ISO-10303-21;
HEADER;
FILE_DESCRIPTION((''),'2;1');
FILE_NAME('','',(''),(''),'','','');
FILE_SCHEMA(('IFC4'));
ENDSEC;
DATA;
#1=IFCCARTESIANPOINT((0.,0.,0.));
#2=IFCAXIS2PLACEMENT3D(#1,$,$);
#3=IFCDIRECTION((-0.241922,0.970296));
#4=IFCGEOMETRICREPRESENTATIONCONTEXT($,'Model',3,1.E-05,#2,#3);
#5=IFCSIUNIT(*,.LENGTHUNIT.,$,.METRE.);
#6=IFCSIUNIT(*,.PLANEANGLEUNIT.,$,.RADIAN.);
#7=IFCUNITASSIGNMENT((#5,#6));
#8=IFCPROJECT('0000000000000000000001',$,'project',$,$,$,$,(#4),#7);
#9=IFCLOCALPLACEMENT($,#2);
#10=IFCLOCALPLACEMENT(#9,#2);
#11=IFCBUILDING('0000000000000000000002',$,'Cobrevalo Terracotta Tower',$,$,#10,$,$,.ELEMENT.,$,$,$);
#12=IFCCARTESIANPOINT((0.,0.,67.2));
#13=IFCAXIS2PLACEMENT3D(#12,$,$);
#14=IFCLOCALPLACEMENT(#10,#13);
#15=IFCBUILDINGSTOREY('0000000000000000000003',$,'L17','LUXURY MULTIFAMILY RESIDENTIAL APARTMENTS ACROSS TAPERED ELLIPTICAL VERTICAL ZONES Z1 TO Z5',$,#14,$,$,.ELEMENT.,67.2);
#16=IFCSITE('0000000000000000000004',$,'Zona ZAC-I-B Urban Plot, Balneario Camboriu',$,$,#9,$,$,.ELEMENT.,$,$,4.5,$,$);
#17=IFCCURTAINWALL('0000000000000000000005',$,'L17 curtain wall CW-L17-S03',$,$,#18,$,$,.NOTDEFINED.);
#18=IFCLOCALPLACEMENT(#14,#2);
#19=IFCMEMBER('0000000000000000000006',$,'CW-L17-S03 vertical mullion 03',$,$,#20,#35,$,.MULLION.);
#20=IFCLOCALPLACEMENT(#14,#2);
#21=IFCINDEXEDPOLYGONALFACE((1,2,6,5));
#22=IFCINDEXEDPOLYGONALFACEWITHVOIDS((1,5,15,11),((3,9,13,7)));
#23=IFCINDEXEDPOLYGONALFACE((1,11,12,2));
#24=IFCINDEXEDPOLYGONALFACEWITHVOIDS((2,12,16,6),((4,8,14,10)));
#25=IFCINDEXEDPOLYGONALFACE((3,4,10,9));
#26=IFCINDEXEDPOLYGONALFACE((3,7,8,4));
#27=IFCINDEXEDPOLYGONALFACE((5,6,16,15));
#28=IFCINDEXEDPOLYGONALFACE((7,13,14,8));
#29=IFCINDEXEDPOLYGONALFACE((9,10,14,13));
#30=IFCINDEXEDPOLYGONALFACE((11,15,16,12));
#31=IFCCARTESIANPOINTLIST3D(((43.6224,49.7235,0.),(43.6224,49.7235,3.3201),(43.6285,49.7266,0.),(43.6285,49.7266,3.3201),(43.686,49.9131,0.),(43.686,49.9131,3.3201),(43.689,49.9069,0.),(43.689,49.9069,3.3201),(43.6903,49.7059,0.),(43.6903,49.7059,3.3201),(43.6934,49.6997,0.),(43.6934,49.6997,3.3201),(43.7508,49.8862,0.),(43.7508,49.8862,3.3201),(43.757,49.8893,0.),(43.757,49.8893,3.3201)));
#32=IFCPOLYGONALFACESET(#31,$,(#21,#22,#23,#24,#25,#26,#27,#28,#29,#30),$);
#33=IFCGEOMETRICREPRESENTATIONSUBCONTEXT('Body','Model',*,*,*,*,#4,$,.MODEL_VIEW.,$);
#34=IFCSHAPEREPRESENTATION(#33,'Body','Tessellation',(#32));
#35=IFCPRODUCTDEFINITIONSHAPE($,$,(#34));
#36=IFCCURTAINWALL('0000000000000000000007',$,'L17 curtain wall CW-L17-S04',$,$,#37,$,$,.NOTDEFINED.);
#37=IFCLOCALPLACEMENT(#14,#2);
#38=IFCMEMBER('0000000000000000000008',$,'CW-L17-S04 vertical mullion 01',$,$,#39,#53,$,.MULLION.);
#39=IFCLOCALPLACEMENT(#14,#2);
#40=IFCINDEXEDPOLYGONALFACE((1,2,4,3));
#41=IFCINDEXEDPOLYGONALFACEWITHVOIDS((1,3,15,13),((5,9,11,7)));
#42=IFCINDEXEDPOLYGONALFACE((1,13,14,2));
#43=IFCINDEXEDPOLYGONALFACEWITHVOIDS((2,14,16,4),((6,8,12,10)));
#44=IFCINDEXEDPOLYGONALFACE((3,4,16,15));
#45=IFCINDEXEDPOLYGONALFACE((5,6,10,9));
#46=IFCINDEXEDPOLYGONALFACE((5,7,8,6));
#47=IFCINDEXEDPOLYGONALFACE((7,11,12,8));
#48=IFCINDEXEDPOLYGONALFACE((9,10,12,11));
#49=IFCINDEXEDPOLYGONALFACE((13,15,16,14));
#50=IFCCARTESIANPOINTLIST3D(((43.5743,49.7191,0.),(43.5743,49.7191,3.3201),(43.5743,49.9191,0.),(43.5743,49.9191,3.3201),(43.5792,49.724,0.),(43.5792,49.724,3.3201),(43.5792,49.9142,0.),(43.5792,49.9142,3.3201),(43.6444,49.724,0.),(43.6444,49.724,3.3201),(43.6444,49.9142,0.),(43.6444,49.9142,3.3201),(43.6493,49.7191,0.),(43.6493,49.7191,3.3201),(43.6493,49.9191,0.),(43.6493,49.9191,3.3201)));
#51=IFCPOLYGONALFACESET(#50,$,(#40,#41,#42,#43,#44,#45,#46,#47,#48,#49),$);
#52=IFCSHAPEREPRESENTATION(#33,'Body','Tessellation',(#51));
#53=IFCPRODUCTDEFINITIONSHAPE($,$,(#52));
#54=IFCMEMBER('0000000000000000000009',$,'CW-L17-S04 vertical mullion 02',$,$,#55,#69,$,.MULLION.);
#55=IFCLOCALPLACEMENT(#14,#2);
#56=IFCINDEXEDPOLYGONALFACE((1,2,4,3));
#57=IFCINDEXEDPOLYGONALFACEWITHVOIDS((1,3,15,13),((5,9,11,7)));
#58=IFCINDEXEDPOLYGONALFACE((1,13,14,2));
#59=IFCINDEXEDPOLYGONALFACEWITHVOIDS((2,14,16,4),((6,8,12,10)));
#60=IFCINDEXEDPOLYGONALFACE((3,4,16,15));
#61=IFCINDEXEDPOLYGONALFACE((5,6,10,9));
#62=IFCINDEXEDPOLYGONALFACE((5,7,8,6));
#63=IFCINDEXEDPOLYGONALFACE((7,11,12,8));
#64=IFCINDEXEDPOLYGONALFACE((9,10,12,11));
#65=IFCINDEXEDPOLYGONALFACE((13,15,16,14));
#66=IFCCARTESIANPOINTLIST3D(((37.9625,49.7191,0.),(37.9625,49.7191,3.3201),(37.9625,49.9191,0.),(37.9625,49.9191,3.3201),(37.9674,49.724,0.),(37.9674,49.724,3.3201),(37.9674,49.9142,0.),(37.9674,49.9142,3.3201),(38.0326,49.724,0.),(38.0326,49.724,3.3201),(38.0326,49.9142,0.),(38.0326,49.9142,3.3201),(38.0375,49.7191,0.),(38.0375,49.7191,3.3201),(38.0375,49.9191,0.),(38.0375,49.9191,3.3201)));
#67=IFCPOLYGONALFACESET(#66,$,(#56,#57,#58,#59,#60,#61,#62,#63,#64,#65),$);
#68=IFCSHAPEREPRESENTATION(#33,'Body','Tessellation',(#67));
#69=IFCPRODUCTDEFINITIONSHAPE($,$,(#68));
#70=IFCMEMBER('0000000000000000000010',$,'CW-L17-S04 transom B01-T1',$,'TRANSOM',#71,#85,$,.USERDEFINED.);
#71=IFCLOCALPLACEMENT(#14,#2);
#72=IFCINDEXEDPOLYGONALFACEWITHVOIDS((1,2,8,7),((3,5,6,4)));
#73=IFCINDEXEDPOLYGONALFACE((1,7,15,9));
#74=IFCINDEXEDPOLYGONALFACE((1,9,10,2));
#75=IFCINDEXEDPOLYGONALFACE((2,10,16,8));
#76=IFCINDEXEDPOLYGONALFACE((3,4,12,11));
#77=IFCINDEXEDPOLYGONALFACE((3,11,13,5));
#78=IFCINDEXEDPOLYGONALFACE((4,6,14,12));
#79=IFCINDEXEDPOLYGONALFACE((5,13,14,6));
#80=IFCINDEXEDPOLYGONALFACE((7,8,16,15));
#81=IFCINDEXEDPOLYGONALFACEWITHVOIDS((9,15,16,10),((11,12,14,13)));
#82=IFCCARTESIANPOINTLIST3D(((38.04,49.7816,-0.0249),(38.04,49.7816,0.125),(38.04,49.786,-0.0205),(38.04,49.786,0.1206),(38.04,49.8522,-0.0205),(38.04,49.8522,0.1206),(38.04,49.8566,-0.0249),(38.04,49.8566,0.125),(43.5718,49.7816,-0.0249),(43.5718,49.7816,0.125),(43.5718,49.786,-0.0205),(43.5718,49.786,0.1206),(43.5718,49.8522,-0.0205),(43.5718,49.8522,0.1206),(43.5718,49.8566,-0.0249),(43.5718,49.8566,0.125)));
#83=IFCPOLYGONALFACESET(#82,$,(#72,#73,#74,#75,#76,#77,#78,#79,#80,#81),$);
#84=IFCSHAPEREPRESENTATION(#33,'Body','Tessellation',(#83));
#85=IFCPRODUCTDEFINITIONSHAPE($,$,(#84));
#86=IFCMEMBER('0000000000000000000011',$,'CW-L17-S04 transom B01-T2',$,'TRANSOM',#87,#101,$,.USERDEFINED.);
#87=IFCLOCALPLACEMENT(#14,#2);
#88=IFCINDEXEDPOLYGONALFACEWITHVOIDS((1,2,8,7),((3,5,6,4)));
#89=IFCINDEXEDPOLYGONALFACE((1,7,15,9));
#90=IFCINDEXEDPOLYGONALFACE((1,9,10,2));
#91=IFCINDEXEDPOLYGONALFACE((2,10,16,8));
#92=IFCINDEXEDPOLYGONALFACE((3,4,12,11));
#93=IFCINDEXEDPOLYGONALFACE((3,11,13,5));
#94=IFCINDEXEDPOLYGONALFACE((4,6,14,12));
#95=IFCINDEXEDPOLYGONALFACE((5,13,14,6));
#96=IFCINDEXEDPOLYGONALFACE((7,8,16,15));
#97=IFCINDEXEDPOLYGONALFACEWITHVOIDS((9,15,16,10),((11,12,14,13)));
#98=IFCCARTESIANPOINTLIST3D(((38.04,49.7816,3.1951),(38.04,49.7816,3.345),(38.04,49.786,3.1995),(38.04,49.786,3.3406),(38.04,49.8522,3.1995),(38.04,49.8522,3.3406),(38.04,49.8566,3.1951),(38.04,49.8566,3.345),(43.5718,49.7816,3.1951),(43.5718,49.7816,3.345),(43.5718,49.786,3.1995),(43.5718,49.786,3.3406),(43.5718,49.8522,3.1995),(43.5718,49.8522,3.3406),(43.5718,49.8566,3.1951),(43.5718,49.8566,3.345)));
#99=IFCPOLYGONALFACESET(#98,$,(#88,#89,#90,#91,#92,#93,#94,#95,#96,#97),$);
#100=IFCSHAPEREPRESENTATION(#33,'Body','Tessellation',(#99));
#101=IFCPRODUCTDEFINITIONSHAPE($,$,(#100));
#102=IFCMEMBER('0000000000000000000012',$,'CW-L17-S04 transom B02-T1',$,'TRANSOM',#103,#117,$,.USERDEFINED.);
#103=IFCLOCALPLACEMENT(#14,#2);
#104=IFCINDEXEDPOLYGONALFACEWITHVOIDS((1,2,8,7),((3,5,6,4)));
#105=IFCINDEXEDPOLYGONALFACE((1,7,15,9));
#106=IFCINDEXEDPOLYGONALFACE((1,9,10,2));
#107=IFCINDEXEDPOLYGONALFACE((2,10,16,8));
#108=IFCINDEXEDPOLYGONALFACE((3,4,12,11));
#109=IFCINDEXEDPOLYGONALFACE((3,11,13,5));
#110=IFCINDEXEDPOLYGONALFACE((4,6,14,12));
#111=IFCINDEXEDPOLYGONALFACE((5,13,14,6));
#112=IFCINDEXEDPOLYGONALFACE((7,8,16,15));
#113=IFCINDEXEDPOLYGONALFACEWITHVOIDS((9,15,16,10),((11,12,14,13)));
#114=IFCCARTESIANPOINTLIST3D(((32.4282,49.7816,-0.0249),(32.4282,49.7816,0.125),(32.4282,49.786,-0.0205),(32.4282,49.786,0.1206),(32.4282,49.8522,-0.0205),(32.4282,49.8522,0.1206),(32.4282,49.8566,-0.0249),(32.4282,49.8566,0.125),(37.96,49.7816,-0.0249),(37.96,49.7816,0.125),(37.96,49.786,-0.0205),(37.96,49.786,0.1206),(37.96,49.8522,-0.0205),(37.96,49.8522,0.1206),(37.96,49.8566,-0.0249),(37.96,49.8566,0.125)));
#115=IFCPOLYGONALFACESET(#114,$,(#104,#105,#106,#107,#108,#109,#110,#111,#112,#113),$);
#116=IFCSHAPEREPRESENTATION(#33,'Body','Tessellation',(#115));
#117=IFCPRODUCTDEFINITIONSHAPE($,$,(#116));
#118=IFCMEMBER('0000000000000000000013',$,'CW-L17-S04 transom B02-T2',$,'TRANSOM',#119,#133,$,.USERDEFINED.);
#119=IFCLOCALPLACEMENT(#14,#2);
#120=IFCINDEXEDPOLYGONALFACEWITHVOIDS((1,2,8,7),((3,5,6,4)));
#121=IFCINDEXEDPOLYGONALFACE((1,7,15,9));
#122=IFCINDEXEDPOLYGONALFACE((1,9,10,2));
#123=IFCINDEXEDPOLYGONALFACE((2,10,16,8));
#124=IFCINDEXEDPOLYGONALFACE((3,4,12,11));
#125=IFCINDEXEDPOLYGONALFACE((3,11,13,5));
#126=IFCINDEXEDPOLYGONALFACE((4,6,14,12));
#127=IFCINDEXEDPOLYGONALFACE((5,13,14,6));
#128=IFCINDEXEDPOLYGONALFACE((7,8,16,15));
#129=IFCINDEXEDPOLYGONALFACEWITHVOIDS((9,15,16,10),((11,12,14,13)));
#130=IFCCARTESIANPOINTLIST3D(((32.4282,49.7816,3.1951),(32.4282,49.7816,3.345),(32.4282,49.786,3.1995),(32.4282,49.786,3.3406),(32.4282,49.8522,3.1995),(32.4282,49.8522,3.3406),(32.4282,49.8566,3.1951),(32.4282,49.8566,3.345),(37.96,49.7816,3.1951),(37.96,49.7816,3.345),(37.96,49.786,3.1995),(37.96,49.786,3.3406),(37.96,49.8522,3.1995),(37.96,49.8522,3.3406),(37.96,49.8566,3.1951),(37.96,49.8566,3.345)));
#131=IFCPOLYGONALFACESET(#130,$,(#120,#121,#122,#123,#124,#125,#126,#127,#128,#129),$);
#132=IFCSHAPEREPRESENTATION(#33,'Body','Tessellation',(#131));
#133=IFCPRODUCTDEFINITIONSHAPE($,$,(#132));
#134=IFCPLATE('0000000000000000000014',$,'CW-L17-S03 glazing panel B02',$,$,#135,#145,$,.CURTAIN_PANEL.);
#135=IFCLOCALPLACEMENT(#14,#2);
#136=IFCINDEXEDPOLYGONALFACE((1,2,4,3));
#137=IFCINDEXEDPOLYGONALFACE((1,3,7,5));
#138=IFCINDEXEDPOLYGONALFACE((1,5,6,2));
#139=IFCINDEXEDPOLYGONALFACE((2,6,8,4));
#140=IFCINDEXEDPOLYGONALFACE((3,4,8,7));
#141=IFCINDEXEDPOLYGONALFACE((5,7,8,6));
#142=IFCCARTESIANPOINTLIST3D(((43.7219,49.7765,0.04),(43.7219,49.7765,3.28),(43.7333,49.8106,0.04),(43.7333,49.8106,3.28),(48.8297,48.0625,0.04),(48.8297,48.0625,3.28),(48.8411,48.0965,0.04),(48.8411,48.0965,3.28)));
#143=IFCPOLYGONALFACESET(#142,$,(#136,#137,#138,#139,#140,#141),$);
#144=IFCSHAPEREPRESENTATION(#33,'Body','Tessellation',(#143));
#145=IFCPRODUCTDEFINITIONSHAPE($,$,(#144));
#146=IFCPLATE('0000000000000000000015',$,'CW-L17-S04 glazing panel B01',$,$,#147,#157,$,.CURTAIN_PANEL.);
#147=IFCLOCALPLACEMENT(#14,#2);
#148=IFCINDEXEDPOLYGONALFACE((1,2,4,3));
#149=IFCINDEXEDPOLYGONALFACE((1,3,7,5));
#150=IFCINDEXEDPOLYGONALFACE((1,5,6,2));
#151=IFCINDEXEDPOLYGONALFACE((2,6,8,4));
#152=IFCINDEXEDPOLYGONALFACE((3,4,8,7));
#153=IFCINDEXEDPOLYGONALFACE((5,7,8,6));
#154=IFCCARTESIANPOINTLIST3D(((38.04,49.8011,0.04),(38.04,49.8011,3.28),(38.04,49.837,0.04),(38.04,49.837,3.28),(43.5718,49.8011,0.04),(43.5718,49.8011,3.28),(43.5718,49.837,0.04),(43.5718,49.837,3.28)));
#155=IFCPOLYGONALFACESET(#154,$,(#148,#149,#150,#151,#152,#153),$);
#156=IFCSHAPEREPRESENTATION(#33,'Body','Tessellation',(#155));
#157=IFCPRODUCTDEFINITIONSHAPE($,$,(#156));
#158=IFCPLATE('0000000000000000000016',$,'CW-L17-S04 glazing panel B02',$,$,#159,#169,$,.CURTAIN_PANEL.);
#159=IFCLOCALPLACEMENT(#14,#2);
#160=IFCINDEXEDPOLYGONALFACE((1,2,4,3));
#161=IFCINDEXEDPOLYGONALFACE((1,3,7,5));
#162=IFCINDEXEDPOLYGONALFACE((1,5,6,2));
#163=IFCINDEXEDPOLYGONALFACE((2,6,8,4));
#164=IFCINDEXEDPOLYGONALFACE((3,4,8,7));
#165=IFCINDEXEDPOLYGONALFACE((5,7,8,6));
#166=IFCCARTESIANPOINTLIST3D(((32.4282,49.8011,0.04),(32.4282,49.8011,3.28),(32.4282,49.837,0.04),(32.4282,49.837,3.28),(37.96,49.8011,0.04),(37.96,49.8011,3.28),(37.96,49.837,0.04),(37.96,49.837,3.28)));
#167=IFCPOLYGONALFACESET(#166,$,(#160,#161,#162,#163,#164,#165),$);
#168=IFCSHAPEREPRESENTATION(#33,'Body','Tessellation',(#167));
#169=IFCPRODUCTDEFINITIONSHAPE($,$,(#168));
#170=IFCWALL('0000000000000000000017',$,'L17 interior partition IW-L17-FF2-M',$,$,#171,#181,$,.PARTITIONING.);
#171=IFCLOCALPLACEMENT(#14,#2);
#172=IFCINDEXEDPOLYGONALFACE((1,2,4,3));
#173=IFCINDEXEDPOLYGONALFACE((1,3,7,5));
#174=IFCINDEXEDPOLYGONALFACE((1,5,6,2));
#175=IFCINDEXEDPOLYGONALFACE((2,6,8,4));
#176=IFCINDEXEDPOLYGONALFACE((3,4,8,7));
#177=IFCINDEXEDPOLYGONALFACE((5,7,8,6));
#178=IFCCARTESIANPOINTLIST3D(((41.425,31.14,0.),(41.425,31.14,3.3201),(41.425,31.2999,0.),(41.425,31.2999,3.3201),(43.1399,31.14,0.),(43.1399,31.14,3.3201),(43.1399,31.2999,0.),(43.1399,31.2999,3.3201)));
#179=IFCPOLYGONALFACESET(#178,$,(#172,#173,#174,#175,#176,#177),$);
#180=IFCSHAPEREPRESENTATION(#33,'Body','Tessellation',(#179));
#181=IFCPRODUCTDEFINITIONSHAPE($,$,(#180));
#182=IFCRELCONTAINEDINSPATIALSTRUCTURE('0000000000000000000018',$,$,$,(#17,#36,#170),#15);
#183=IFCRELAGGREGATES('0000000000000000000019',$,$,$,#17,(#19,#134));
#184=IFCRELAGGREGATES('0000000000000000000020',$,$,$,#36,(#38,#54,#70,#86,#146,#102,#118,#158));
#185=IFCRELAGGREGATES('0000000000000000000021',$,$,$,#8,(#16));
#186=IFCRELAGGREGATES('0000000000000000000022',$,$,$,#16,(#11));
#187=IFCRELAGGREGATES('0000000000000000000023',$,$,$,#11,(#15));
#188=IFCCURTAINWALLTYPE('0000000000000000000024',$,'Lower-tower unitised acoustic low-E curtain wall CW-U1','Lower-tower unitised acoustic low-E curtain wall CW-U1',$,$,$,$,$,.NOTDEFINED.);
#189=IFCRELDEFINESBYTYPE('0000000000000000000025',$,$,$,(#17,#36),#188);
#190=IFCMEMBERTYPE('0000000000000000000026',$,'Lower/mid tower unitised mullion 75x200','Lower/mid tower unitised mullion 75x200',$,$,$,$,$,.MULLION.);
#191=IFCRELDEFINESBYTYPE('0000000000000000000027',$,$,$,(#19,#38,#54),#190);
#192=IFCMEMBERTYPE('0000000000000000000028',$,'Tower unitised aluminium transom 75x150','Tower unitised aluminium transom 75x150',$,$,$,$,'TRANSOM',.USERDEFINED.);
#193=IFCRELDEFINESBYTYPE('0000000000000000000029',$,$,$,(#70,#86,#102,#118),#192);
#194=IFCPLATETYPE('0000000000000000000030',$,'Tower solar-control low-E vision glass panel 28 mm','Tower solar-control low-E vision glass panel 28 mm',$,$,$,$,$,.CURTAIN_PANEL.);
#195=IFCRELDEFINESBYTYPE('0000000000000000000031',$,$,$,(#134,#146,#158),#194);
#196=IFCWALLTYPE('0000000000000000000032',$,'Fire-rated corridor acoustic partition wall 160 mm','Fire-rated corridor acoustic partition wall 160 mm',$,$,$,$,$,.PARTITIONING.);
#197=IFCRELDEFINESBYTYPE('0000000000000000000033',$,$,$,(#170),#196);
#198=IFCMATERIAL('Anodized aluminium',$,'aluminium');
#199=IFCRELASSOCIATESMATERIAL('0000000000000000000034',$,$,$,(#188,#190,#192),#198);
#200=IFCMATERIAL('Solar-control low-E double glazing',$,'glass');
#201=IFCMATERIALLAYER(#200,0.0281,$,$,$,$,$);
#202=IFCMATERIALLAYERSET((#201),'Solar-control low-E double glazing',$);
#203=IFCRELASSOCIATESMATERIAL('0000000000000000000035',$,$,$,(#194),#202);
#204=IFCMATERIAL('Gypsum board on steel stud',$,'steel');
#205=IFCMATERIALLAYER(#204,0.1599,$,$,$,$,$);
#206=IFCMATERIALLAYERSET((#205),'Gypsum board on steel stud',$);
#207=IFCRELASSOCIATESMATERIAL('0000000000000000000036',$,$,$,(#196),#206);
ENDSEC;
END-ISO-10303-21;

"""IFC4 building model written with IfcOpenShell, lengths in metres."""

from ifc_helpers import new_model, si_unit, direction, frame, frame_2d, origin, origin_2d, place, context, subcontext, project, spatial, rectangle, hollow_rectangle, extrude, source, transform, mapped, material, layer, layer_set, material_profile, profile_set, type_object, element, aggregate, save


model = new_model("IFC4")

# Units and contexts
model_context = context("Model", 3, precision=1e-05, world=origin(), true_north=direction((-0.241922, 0.970296)))
body_context = subcontext(model_context, "Body", "Model", "MODEL_VIEW")
ifc_project = project(units=[si_unit("LENGTHUNIT", "METRE"), si_unit("PLANEANGLEUNIT", "RADIAN")], contexts=[model_context])

# Site, building, storey
site_placement = place(None, origin())
site = spatial("IfcSite", under=ifc_project, at=site_placement, Name="Zona ZAC-I-B Urban Plot, Balneario Camboriu", CompositionType="ELEMENT", RefElevation=4.5)
building_placement = place(site_placement, origin())
building = spatial("IfcBuilding", under=site, at=building_placement, Name="Cobrevalo Terracotta Tower", CompositionType="ELEMENT")
storey_placement = place(building_placement, frame((0.0, 0.0, 67.2)))
storey = spatial("IfcBuildingStorey", under=building, at=storey_placement, Name="L17", Description="LUXURY MULTIFAMILY RESIDENTIAL APARTMENTS ACROSS TAPERED ELLIPTICAL VERTICAL ZONES Z1 TO Z5", CompositionType="ELEMENT", Elevation=67.2)

# Curtain wall, member
ifc_material_1 = material(Name="Anodized aluminium", Category="aluminium")
curtain_wall_type = type_object("IfcCurtainWallType", Name="Lower-tower unitised acoustic low-E curtain wall CW-U1", Description="Lower-tower unitised acoustic low-E curtain wall CW-U1", PredefinedType="NOTDEFINED", material=ifc_material_1)
curtain_wall_1_placement = place(storey_placement, origin())
curtain_wall_1 = element("IfcCurtainWall", 1, at=curtain_wall_1_placement, inside=storey, type_object=curtain_wall_type, Name="L17 curtain wall CW-L17-S03", PredefinedType="NOTDEFINED")
ifc_material_profile_1 = material_profile(ifc_material_1, hollow_rectangle(XDim=0.075, YDim=0.2, WallThickness=0.0049, at=origin_2d()), Name="CWM 75x200")
ifc_profile_set_1 = profile_set([ifc_material_profile_1], Name="Anodized aluminium")
member_type_1 = type_object("IfcMemberType", Name="Lower/mid tower unitised mullion 75x200", Description="Lower/mid tower unitised mullion 75x200", PredefinedType="MULLION", material=ifc_profile_set_1)
shared_shape_1 = source(origin(), body_context, "Body", "SweptSolid", [
    extrude(hollow_rectangle(XDim=0.075, YDim=0.2, WallThickness=0.0049, at=origin_2d()), origin(), (0.0, 0.0, 1.0), 3.3201),
])
member_1_placement = place(storey_placement, frame((43.6897, 49.8064, 0.0), z_axis=(0.0, 0.0, 1.0), x_axis=(-0.948046, 0.318132, 0.0)))
member_1 = element("IfcMember", 2, at=member_1_placement, type_object=member_type_1, Name="CW-L17-S03 vertical mullion 03", PredefinedType="MULLION", context=body_context, shape_type="MappedRepresentation", body=[
    mapped(shared_shape_1, transform((0.0, 0.0, 0.0), scale=1.0)),
])

# Curtain wall, members
curtain_wall_2_placement = place(storey_placement, origin())
curtain_wall_2 = element("IfcCurtainWall", 3, at=curtain_wall_2_placement, inside=storey, type_object=curtain_wall_type, Name="L17 curtain wall CW-L17-S04", PredefinedType="NOTDEFINED")
member_2_placement = place(storey_placement, frame((43.6118, 49.8191, 0.0), z_axis=(0.0, 0.0, 1.0), x_axis=(-1.0, 0.0, 0.0)))
member_2 = element("IfcMember", 4, at=member_2_placement, type_object=member_type_1, Name="CW-L17-S04 vertical mullion 01", PredefinedType="MULLION", context=body_context, shape_type="MappedRepresentation", body=[
    mapped(shared_shape_1, transform((0.0, 0.0, 0.0), scale=1.0)),
])
member_3_placement = place(storey_placement, frame((38.0, 49.8191, 0.0), z_axis=(0.0, 0.0, 1.0), x_axis=(-1.0, 0.0, 0.0)))
member_3 = element("IfcMember", 5, at=member_3_placement, type_object=member_type_1, Name="CW-L17-S04 vertical mullion 02", PredefinedType="MULLION", context=body_context, shape_type="MappedRepresentation", body=[
    mapped(shared_shape_1, transform((0.0, 0.0, 0.0), scale=1.0)),
])
ifc_material_profile_2 = material_profile(ifc_material_1, hollow_rectangle(XDim=0.075, YDim=0.1499, WallThickness=0.0044, at=origin_2d()), Name="CWT 75x150")
ifc_profile_set_2 = profile_set([ifc_material_profile_2], Name="Anodized aluminium")
member_type_2 = type_object("IfcMemberType", Name="Tower unitised aluminium transom 75x150", Description="Tower unitised aluminium transom 75x150", ElementType="TRANSOM", PredefinedType="USERDEFINED", material=ifc_profile_set_2)
shared_shape_2 = source(origin(), body_context, "Body", "SweptSolid", [
    extrude(hollow_rectangle(XDim=0.075, YDim=0.1499, WallThickness=0.0044, at=origin_2d()), origin(), (0.0, 0.0, 1.0), 5.5317),
])
member_4_placement = place(storey_placement, frame((43.5718, 49.8191, 0.05), z_axis=(-1.0, 0.0, 0.0), x_axis=(0.0, -1.0, 0.0)))
member_4 = element("IfcMember", 6, at=member_4_placement, type_object=member_type_2, Name="CW-L17-S04 transom B01-T1", ObjectType="TRANSOM", PredefinedType="USERDEFINED", context=body_context, shape_type="MappedRepresentation", body=[
    mapped(shared_shape_2, transform((0.0, 0.0, 0.0), scale=1.0)),
])
member_5_placement = place(storey_placement, frame((43.5718, 49.8191, 3.27), z_axis=(-1.0, 0.0, 0.0), x_axis=(0.0, -1.0, 0.0)))
member_5 = element("IfcMember", 7, at=member_5_placement, type_object=member_type_2, Name="CW-L17-S04 transom B01-T2", ObjectType="TRANSOM", PredefinedType="USERDEFINED", context=body_context, shape_type="MappedRepresentation", body=[
    mapped(shared_shape_2, transform((0.0, 0.0, 0.0), scale=1.0)),
])
member_6_placement = place(storey_placement, frame((37.96, 49.8191, 0.05), z_axis=(-1.0, 0.0, 0.0), x_axis=(0.0, -1.0, 0.0)))
member_6 = element("IfcMember", 8, at=member_6_placement, type_object=member_type_2, Name="CW-L17-S04 transom B02-T1", ObjectType="TRANSOM", PredefinedType="USERDEFINED", context=body_context, shape_type="MappedRepresentation", body=[
    mapped(shared_shape_2, transform((0.0, 0.0, 0.0), scale=1.0)),
])
member_7_placement = place(storey_placement, frame((37.96, 49.8191, 3.27), z_axis=(-1.0, 0.0, 0.0), x_axis=(0.0, -1.0, 0.0)))
member_7 = element("IfcMember", 9, at=member_7_placement, type_object=member_type_2, Name="CW-L17-S04 transom B02-T2", ObjectType="TRANSOM", PredefinedType="USERDEFINED", context=body_context, shape_type="MappedRepresentation", body=[
    mapped(shared_shape_2, transform((0.0, 0.0, 0.0), scale=1.0)),
])

# Plates
ifc_material_2 = material(Name="Solar-control low-E double glazing", Category="glass")
ifc_layer_1 = layer(ifc_material_2, 0.0281)
ifc_layer_set_1 = layer_set([ifc_layer_1], Name="Solar-control low-E double glazing")
plate_type = type_object("IfcPlateType", Name="Tower solar-control low-E vision glass panel 28 mm", Description="Tower solar-control low-E vision glass panel 28 mm", PredefinedType="CURTAIN_PANEL", material=ifc_layer_set_1)
shared_shape_3 = source(origin(), body_context, "Body", "SweptSolid", [
    extrude(rectangle(XDim=5.3877, YDim=0.0359, at=origin_2d()), origin(), (0.0, 0.0, 1.0), 3.24),
])
plate_1_placement = place(storey_placement, frame((46.2815, 48.9365, 0.04), z_axis=(0.0, 0.0, 1.0), x_axis=(-0.948044, 0.318139, 0.0)))
plate_1 = element("IfcPlate", 10, at=plate_1_placement, type_object=plate_type, Name="CW-L17-S03 glazing panel B02", PredefinedType="CURTAIN_PANEL", context=body_context, shape_type="MappedRepresentation", body=[
    mapped(shared_shape_3, transform((0.0, 0.0, 0.0), scale=1.0)),
])
aggregate(curtain_wall_1, [member_1, plate_1])
shared_shape_4 = source(origin(), body_context, "Body", "SweptSolid", [
    extrude(rectangle(XDim=5.5317, YDim=0.0359, at=origin_2d()), origin(), (0.0, 0.0, 1.0), 3.24),
])
plate_2_placement = place(storey_placement, frame((40.8059, 49.8191, 0.04), z_axis=(0.0, 0.0, 1.0), x_axis=(-1.0, 0.0, 0.0)))
plate_2 = element("IfcPlate", 11, at=plate_2_placement, type_object=plate_type, Name="CW-L17-S04 glazing panel B01", PredefinedType="CURTAIN_PANEL", context=body_context, shape_type="MappedRepresentation", body=[
    mapped(shared_shape_4, transform((0.0, 0.0, 0.0), scale=1.0)),
])
plate_3_placement = place(storey_placement, frame((35.1941, 49.8191, 0.04), z_axis=(0.0, 0.0, 1.0), x_axis=(-1.0, 0.0, 0.0)))
plate_3 = element("IfcPlate", 12, at=plate_3_placement, type_object=plate_type, Name="CW-L17-S04 glazing panel B02", PredefinedType="CURTAIN_PANEL", context=body_context, shape_type="MappedRepresentation", body=[
    mapped(shared_shape_4, transform((0.0, 0.0, 0.0), scale=1.0)),
])
aggregate(curtain_wall_2, [member_2, member_3, member_4, member_5, plate_2, member_6, member_7, plate_3])

# Wall
ifc_material_3 = material(Name="Gypsum board on steel stud", Category="steel")
ifc_layer_2 = layer(ifc_material_3, 0.1599)
ifc_layer_set_2 = layer_set([ifc_layer_2], Name="Gypsum board on steel stud")
wall_type_1 = type_object("IfcWallType", Name="Fire-rated corridor acoustic partition wall 160 mm", Description="Fire-rated corridor acoustic partition wall 160 mm", PredefinedType="PARTITIONING", material=ifc_layer_set_2)
wall_1_placement = place(storey_placement, frame((41.425, 31.22, 0.0), z_axis=(0.0, 0.0, 1.0), x_axis=(1.0, 0.0, 0.0)))
element("IfcWall", 13, at=wall_1_placement, inside=storey, type_object=wall_type_1, Name="L17 interior partition IW-L17-FF2-M", PredefinedType="PARTITIONING", context=body_context, shape_type="SweptSolid", body=[
    extrude(rectangle(XDim=1.7148, YDim=0.1599, at=frame_2d((0.8574, 0.0))), origin(), (0.0, 0.0, 1.0), 3.3201),
])

save(model, "model.ifc")
